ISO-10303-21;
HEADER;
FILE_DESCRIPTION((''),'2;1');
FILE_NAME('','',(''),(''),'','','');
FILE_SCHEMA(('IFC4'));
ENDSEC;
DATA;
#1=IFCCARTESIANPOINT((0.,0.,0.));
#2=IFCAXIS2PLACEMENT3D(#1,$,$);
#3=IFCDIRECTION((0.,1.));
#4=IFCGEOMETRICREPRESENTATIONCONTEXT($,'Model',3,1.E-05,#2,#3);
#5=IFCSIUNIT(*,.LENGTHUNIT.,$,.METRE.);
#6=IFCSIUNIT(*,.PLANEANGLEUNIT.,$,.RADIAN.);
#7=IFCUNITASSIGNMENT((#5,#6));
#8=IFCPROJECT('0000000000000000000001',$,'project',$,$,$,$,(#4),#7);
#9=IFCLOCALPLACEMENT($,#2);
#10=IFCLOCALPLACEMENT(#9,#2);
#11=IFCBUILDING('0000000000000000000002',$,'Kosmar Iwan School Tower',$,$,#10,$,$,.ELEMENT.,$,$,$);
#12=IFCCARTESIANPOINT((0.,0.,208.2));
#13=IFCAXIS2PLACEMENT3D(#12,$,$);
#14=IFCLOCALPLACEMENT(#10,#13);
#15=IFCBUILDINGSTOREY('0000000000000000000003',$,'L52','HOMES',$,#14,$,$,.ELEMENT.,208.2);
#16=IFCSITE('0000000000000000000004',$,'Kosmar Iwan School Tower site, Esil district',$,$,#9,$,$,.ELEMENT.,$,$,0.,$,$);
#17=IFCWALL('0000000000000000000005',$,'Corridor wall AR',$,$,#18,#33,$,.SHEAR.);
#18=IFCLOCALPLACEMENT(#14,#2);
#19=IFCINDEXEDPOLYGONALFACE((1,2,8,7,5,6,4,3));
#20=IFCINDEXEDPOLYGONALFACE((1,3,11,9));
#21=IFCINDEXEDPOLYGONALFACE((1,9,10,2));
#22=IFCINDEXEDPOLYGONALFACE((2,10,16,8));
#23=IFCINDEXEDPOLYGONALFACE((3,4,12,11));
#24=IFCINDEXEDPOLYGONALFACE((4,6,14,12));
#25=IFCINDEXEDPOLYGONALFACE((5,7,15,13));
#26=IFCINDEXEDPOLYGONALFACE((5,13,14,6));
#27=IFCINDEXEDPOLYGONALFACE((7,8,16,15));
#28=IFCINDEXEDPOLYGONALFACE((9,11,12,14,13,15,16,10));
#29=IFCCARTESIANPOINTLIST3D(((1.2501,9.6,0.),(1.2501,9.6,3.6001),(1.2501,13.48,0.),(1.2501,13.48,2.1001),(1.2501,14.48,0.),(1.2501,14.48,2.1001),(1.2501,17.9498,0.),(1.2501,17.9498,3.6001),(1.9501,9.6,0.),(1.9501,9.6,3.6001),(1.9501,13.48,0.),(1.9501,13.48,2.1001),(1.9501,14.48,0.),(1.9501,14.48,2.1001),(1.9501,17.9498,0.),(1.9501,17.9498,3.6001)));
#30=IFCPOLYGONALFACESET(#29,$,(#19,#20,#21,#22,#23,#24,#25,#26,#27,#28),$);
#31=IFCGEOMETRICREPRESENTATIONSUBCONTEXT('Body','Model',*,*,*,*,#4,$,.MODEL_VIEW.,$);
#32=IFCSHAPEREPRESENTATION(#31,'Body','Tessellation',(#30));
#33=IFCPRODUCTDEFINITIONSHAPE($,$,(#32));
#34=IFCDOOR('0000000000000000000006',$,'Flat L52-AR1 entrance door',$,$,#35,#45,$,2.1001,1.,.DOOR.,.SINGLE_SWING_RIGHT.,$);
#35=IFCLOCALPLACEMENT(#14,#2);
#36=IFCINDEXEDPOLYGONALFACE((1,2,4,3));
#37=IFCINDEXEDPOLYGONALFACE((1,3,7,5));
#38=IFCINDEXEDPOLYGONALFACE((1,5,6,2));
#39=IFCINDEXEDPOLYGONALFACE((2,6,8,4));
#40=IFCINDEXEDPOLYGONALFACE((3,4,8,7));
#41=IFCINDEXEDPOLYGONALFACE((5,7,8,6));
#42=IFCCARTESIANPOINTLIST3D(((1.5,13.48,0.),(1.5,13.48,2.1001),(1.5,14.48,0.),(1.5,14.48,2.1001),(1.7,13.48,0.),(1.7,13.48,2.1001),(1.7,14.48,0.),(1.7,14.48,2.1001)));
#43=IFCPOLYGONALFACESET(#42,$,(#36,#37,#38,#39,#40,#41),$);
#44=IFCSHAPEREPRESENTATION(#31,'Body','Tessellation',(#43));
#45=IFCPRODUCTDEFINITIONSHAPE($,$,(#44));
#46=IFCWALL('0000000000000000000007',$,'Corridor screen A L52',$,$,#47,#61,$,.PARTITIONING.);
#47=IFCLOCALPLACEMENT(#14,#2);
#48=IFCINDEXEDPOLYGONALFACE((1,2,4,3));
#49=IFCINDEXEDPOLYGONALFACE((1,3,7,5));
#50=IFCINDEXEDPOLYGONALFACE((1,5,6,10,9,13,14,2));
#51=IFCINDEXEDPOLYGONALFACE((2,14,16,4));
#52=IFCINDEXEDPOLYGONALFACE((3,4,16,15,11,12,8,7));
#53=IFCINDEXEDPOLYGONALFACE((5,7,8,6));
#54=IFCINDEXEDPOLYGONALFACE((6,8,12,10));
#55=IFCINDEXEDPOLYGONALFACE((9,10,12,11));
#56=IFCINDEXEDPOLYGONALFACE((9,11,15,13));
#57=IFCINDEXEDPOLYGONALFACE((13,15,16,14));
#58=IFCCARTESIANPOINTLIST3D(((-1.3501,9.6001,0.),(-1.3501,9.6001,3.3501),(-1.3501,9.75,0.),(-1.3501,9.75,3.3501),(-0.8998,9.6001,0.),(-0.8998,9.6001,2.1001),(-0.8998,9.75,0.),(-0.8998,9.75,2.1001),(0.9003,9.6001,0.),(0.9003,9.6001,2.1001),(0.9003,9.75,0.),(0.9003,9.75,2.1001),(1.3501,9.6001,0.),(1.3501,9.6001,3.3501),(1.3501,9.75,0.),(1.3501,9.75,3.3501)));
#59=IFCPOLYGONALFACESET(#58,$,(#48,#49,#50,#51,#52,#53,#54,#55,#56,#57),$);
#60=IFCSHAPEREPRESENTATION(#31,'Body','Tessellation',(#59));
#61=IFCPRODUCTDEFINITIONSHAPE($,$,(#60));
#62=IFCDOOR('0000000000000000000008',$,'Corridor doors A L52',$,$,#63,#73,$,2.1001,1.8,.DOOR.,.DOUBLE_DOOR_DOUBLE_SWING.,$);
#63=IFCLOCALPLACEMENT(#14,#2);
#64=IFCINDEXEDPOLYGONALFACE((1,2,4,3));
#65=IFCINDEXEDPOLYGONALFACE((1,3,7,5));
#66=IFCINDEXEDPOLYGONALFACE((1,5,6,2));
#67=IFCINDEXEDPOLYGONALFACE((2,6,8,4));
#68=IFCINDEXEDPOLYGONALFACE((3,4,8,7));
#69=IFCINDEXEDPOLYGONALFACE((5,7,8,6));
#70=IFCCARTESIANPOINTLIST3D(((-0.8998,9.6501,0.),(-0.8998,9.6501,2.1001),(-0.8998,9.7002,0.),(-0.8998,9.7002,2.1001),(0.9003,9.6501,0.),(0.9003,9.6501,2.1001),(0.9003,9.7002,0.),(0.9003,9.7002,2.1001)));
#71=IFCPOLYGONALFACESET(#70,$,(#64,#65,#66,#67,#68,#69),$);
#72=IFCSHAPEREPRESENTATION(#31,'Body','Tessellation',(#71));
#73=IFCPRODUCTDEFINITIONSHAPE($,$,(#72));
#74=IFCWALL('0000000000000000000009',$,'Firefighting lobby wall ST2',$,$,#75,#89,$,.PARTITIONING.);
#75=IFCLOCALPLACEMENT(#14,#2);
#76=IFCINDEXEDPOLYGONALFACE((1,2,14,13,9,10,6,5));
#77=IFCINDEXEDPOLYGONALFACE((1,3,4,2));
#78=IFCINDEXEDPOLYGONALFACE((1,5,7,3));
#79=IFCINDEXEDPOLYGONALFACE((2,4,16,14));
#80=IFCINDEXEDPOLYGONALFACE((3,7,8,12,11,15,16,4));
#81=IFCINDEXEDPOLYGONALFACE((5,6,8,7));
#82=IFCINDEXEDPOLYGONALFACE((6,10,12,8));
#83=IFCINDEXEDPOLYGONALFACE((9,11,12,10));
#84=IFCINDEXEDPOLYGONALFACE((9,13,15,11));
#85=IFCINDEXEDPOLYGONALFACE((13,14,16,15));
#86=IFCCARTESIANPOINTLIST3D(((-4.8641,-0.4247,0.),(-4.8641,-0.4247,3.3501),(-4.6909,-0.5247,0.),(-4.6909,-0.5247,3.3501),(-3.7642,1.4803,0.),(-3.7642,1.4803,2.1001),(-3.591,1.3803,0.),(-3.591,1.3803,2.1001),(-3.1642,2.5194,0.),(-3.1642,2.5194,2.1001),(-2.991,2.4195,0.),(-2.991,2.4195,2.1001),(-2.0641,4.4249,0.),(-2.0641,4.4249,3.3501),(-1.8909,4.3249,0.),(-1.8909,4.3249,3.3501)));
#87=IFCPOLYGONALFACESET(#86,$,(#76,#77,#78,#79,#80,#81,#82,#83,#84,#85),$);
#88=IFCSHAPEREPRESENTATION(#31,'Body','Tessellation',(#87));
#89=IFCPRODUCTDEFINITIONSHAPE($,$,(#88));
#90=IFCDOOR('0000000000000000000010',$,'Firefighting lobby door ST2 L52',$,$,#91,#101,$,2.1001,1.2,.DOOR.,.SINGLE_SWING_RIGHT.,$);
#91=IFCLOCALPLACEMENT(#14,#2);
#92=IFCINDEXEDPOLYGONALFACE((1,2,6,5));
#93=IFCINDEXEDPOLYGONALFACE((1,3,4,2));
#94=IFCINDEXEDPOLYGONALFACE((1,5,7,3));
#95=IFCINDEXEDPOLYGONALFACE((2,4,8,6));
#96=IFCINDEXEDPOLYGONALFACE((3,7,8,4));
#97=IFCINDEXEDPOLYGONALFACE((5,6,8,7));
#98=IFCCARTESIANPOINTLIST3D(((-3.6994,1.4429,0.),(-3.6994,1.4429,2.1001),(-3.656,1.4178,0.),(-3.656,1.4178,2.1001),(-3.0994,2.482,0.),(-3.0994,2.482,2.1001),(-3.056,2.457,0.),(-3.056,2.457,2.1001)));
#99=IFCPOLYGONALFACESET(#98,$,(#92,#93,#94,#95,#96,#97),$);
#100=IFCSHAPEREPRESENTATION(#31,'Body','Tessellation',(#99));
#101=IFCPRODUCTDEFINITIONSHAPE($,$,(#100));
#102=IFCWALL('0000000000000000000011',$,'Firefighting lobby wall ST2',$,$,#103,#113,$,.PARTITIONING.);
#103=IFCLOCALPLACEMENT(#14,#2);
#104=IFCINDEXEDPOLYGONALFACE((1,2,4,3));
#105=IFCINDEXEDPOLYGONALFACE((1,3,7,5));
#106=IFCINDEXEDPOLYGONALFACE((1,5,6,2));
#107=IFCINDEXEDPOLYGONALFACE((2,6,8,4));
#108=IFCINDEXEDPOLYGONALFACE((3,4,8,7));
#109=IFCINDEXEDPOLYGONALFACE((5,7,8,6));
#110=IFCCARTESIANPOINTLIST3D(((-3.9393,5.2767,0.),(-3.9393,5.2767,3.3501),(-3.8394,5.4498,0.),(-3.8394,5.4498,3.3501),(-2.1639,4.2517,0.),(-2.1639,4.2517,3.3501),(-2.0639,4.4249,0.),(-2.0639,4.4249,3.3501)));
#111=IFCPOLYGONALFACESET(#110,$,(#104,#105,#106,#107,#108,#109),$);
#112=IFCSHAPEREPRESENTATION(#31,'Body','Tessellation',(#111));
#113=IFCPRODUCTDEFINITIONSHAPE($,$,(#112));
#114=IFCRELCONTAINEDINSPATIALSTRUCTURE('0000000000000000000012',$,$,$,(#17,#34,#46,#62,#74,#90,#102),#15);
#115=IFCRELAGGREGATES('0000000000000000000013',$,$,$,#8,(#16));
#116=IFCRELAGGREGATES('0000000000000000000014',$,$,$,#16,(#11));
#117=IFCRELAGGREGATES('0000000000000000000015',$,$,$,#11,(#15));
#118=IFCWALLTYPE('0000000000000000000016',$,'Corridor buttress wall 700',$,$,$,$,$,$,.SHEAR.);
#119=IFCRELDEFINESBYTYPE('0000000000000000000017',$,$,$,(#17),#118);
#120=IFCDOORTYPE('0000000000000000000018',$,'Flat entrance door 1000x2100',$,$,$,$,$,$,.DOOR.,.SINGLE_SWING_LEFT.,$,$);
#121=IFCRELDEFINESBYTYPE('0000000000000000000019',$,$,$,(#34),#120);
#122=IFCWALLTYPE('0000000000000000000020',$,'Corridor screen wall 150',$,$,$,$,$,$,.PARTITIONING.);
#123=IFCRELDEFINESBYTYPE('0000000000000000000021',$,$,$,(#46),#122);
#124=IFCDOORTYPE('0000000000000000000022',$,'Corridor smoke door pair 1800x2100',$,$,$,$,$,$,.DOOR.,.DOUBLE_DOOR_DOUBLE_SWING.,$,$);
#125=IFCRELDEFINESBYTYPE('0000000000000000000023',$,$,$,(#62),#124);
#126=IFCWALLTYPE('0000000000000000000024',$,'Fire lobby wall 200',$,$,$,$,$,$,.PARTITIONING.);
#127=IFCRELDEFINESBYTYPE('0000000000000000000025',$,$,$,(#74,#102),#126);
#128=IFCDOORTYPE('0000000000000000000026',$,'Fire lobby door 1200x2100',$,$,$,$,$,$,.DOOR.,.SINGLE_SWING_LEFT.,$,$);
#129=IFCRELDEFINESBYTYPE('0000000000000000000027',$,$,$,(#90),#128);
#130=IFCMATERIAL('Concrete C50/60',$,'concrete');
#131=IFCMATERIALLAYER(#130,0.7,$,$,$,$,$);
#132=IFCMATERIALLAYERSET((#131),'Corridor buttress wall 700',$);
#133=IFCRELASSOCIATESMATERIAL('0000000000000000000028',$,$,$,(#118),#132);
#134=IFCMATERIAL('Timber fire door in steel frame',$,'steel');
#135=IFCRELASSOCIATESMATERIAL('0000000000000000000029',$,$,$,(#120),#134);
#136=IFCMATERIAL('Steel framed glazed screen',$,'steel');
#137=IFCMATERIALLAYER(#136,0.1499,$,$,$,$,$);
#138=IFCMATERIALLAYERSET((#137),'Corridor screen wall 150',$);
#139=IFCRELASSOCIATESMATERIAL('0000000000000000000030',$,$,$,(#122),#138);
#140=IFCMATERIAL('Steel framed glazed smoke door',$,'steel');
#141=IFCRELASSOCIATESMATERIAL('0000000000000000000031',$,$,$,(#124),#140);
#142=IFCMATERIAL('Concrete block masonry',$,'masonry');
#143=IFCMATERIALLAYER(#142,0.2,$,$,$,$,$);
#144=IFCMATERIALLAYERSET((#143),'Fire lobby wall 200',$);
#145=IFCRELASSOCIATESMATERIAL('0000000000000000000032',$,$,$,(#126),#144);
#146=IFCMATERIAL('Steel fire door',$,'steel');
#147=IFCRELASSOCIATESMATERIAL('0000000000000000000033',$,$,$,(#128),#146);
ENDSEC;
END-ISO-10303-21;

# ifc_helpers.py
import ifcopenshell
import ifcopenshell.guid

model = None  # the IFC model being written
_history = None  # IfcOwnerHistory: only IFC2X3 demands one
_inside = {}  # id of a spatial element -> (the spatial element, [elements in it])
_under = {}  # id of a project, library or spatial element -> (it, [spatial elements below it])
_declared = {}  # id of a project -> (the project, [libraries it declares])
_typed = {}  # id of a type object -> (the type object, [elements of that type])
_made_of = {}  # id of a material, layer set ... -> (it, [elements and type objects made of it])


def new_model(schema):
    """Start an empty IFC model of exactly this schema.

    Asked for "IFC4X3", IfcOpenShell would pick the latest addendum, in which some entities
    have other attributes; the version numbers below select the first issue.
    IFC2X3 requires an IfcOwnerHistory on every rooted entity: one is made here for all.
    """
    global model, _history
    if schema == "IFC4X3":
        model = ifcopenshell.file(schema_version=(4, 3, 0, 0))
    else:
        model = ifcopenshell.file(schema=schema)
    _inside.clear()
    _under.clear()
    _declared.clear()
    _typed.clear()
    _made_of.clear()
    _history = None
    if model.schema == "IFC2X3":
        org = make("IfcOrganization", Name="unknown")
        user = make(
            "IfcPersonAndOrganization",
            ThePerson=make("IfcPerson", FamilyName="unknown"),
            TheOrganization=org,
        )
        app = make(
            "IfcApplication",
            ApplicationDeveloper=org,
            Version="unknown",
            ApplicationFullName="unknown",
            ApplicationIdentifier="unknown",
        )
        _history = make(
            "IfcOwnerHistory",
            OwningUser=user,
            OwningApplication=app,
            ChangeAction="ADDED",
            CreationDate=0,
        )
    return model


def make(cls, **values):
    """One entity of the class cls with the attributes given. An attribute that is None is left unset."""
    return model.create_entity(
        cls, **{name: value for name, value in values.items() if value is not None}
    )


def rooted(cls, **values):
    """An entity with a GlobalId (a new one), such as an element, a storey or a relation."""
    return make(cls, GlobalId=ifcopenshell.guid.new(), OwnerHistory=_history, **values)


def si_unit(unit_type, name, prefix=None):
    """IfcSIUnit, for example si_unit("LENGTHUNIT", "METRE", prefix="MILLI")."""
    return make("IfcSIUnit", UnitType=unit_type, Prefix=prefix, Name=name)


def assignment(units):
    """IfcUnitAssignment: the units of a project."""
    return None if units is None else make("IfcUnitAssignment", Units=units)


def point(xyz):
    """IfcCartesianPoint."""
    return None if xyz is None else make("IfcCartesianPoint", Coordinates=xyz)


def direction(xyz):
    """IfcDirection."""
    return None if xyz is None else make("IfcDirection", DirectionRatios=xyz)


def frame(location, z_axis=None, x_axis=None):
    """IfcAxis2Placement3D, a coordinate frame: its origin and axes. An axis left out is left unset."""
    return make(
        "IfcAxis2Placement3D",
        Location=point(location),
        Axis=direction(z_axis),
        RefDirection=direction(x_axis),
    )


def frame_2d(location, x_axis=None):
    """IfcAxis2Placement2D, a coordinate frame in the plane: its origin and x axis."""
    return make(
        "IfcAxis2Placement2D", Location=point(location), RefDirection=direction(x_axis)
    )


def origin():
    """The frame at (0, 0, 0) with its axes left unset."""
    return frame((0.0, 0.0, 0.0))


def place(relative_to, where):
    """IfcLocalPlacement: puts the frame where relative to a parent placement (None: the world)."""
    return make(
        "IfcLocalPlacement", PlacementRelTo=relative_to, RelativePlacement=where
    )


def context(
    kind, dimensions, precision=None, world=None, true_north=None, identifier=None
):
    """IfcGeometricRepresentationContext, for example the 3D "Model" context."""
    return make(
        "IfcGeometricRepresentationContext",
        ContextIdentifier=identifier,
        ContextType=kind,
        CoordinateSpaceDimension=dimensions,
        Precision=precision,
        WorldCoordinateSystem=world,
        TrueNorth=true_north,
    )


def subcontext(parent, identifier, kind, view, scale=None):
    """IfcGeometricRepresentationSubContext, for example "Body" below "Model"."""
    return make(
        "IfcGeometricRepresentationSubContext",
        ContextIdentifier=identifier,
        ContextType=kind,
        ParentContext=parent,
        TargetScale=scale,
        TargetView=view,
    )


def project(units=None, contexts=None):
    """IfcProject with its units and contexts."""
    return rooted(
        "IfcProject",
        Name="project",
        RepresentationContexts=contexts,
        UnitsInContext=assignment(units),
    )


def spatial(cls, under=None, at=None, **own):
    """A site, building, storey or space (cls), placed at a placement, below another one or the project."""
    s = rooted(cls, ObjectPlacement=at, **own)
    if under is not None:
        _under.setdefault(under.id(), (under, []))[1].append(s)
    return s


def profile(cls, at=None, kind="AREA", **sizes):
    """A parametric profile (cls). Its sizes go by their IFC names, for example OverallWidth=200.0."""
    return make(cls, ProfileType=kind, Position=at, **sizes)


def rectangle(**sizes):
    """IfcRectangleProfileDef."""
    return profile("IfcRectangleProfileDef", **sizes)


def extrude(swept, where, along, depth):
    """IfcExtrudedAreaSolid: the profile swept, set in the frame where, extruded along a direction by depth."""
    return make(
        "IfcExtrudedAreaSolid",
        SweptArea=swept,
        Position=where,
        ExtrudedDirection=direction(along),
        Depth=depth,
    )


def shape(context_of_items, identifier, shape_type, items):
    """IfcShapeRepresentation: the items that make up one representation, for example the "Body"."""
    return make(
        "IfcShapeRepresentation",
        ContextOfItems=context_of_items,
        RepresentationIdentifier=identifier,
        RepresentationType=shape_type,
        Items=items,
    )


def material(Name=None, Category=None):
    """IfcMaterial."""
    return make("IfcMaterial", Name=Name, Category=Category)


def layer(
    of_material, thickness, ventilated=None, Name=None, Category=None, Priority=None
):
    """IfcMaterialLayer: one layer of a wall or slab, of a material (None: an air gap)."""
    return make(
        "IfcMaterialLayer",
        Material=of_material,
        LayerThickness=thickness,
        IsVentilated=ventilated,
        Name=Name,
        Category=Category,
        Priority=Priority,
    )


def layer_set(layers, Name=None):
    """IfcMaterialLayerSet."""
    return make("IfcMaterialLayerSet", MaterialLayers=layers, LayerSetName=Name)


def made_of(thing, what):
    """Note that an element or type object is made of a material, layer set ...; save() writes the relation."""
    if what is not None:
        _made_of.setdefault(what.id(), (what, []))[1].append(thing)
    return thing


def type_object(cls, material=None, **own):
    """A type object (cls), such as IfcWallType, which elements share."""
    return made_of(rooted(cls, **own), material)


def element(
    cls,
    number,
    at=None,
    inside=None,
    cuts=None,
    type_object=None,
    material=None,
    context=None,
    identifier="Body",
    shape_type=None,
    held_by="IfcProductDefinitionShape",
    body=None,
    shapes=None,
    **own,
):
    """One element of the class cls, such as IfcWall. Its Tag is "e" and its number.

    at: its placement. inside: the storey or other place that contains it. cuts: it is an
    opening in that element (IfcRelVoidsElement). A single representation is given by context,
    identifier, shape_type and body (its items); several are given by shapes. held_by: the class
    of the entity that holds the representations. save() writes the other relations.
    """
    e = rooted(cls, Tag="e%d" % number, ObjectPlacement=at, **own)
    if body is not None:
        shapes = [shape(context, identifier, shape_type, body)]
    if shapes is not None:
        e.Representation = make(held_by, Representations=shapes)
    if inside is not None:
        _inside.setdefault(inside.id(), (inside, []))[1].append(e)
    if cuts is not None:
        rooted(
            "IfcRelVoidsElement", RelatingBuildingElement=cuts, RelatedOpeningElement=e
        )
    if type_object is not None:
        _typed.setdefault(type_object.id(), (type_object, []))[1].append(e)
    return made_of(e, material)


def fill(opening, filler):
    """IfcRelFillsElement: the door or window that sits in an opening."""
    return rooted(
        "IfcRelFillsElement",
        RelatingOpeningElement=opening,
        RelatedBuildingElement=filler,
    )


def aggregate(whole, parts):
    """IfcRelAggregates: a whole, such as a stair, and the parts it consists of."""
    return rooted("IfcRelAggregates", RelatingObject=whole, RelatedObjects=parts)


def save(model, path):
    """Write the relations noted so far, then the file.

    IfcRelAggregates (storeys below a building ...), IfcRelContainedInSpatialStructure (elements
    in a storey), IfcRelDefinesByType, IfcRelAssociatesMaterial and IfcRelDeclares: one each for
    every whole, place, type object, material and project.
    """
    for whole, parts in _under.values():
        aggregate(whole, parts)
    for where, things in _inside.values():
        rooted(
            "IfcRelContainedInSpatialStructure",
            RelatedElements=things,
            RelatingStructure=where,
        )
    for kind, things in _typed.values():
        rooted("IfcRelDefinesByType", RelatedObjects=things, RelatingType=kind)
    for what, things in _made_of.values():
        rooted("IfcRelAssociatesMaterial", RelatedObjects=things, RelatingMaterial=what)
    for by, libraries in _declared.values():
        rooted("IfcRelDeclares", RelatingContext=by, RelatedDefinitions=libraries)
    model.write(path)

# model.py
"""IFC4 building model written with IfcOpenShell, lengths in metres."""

from ifc_helpers import new_model, si_unit, direction, frame, frame_2d, origin, place, context, subcontext, project, spatial, rectangle, extrude, material, layer, layer_set, type_object, element, fill, save


model = new_model("IFC4")

# Units and contexts
model_context = context("Model", 3, precision=1e-05, world=origin(), true_north=direction((0.0, 1.0)))
body_context = subcontext(model_context, "Body", "Model", "MODEL_VIEW")
ifc_project = project(units=[si_unit("LENGTHUNIT", "METRE"), si_unit("PLANEANGLEUNIT", "RADIAN")], contexts=[model_context])

# Site, building, storey
site_placement = place(None, origin())
site = spatial("IfcSite", under=ifc_project, at=site_placement, Name="Kosmar Iwan School Tower site, Esil district", CompositionType="ELEMENT", RefElevation=0.0)
building_placement = place(site_placement, origin())
building = spatial("IfcBuilding", under=site, at=building_placement, Name="Kosmar Iwan School Tower", CompositionType="ELEMENT")
storey_placement = place(building_placement, frame((0.0, 0.0, 208.2)))
storey = spatial("IfcBuildingStorey", under=building, at=storey_placement, Name="L52", Description="HOMES", CompositionType="ELEMENT", Elevation=208.2)

# Walls, openings, doors
ifc_material_1 = material(Name="Concrete C50/60", Category="concrete")
ifc_layer_1 = layer(ifc_material_1, 0.7)
ifc_layer_set_1 = layer_set([ifc_layer_1], Name="Corridor buttress wall 700")
wall_type_1 = type_object("IfcWallType", Name="Corridor buttress wall 700", PredefinedType="SHEAR", material=ifc_layer_set_1)
ifc_material_2 = material(Name="Timber fire door in steel frame", Category="steel")
door_type_1 = type_object("IfcDoorType", Name="Flat entrance door 1000x2100", OperationType="SINGLE_SWING_LEFT", PredefinedType="DOOR", material=ifc_material_2)
wall_1_placement = place(storey_placement, frame((1.6001, 9.6001, 0.0), z_axis=(0.0, 0.0, 1.0), x_axis=(0.0, 1.0, 0.0)))
wall_1 = element("IfcWall", 1, at=wall_1_placement, inside=storey, type_object=wall_type_1, Name="Corridor wall AR", PredefinedType="SHEAR", context=body_context, shape_type="SweptSolid", body=[
    extrude(rectangle(XDim=8.3499, YDim=0.7, at=frame_2d((4.1748, 0.0))), origin(), (0.0, 0.0, 1.0), 3.6001),
])
opening_1_placement = place(wall_1_placement, frame((3.8799, 0.0, 0.0)))
opening_1 = element("IfcOpeningElement", 2, at=opening_1_placement, cuts=wall_1, PredefinedType="OPENING", context=body_context, shape_type="SweptSolid", body=[
    extrude(rectangle(XDim=1.0, YDim=2.1001, at=frame_2d((0.5, 1.05))), frame((0.0, 0.3621, 0.0), z_axis=(0.0, -1.0, 0.0), x_axis=(1.0, 0.0, 0.0)), (0.0, 0.0, 1.0), 0.7239),
])
door_1_placement = place(opening_1_placement, origin())
door_1 = element("IfcDoor", 3, at=door_1_placement, inside=storey, type_object=door_type_1, Name="Flat L52-AR1 entrance door", OperationType="SINGLE_SWING_RIGHT", OverallHeight=2.1001, OverallWidth=1.0, PredefinedType="DOOR", context=body_context, shape_type="SweptSolid", body=[
    extrude(rectangle(XDim=1.0, YDim=2.1001, at=frame_2d((0.5, 1.05))), frame((0.0, 0.1001, 0.0), z_axis=(0.0, -1.0, 0.0), x_axis=(1.0, 0.0, 0.0)), (0.0, 0.0, 1.0), 0.2),
])
fill(opening_1, door_1)
ifc_material_3 = material(Name="Steel framed glazed screen", Category="steel")
ifc_layer_2 = layer(ifc_material_3, 0.1499)
ifc_layer_set_2 = layer_set([ifc_layer_2], Name="Corridor screen wall 150")
wall_type_2 = type_object("IfcWallType", Name="Corridor screen wall 150", PredefinedType="PARTITIONING", material=ifc_layer_set_2)
wall_2_placement = place(storey_placement, frame((1.3501, 9.675, 0.0), z_axis=(0.0, 0.0, 1.0), x_axis=(-1.0, 0.0, 0.0)))
wall_2 = element("IfcWall", 4, at=wall_2_placement, inside=storey, type_object=wall_type_2, Name="Corridor screen A L52", PredefinedType="PARTITIONING", context=body_context, shape_type="SweptSolid", body=[
    extrude(rectangle(XDim=2.7002, YDim=0.1499, at=frame_2d((1.3501, 0.0))), origin(), (0.0, 0.0, 1.0), 3.3501),
])
opening_2_placement = place(wall_2_placement, frame((0.45, 0.0, 0.0)))
opening_2 = element("IfcOpeningElement", 5, at=opening_2_placement, cuts=wall_2, PredefinedType="OPENING", context=body_context, shape_type="SweptSolid", body=[
    extrude(rectangle(XDim=1.8, YDim=2.1001, at=frame_2d((0.8999, 1.05))), frame((0.0, 0.0869, 0.0), z_axis=(0.0, -1.0, 0.0), x_axis=(1.0, 0.0, 0.0)), (0.0, 0.0, 1.0), 0.1738),
])
ifc_material_4 = material(Name="Steel framed glazed smoke door", Category="steel")
door_type_2 = type_object("IfcDoorType", Name="Corridor smoke door pair 1800x2100", OperationType="DOUBLE_DOOR_DOUBLE_SWING", PredefinedType="DOOR", material=ifc_material_4)
door_2_placement = place(opening_2_placement, origin())
door_2 = element("IfcDoor", 6, at=door_2_placement, inside=storey, type_object=door_type_2, Name="Corridor doors A L52", OperationType="DOUBLE_DOOR_DOUBLE_SWING", OverallHeight=2.1001, OverallWidth=1.8, PredefinedType="DOOR", context=body_context, shape_type="SweptSolid", body=[
    extrude(rectangle(XDim=1.8, YDim=2.1001, at=frame_2d((0.8999, 1.05))), frame((0.0, 0.0249, 0.0), z_axis=(0.0, -1.0, 0.0), x_axis=(1.0, 0.0, 0.0)), (0.0, 0.0, 1.0), 0.05),
])
fill(opening_2, door_2)
ifc_material_5 = material(Name="Concrete block masonry", Category="masonry")
ifc_layer_3 = layer(ifc_material_5, 0.2)
ifc_layer_set_3 = layer_set([ifc_layer_3], Name="Fire lobby wall 200")
wall_type_3 = type_object("IfcWallType", Name="Fire lobby wall 200", PredefinedType="PARTITIONING", material=ifc_layer_set_3)
wall_3_placement = place(storey_placement, frame((-1.9775, 4.3748, 0.0), z_axis=(0.0, 0.0, 1.0), x_axis=(-0.500017, -0.866016, 0.0)))
wall_3 = element("IfcWall", 7, at=wall_3_placement, inside=storey, type_object=wall_type_3, Name="Firefighting lobby wall ST2", PredefinedType="PARTITIONING", context=body_context, shape_type="SweptSolid", body=[
    extrude(rectangle(XDim=5.5999, YDim=0.2, at=frame_2d((2.7998, 0.0))), origin(), (0.0, 0.0, 1.0), 3.3501),
])
opening_3_placement = place(wall_3_placement, frame((2.2, 0.0, 0.0)))
opening_3 = element("IfcOpeningElement", 8, at=opening_3_placement, cuts=wall_3, PredefinedType="OPENING", context=body_context, shape_type="SweptSolid", body=[
    extrude(rectangle(XDim=1.2, YDim=2.1001, at=frame_2d((0.6001, 1.05))), frame((0.0, 0.1121, 0.0), z_axis=(0.0, -1.0, 0.0), x_axis=(1.0, 0.0, 0.0)), (0.0, 0.0, 1.0), 0.2239),
])
ifc_material_6 = material(Name="Steel fire door", Category="steel")
door_type_3 = type_object("IfcDoorType", Name="Fire lobby door 1200x2100", OperationType="SINGLE_SWING_LEFT", PredefinedType="DOOR", material=ifc_material_6)
door_3_placement = place(opening_3_placement, origin())
door_3 = element("IfcDoor", 9, at=door_3_placement, inside=storey, type_object=door_type_3, Name="Firefighting lobby door ST2 L52", OperationType="SINGLE_SWING_RIGHT", OverallHeight=2.1001, OverallWidth=1.2, PredefinedType="DOOR", context=body_context, shape_type="SweptSolid", body=[
    extrude(rectangle(XDim=1.2, YDim=2.1001, at=frame_2d((0.6001, 1.05))), frame((0.0, 0.0249, 0.0), z_axis=(0.0, -1.0, 0.0), x_axis=(1.0, 0.0, 0.0)), (0.0, 0.0, 1.0), 0.05),
])
fill(opening_3, door_3)

# Wall
wall_4_placement = place(storey_placement, frame((-2.114, 4.3384, 0.0), z_axis=(0.0, 0.0, 1.0), x_axis=(-0.866051, 0.499956, 0.0)))
element("IfcWall", 10, at=wall_4_placement, inside=storey, type_object=wall_type_3, Name="Firefighting lobby wall ST2", PredefinedType="PARTITIONING", context=body_context, shape_type="SweptSolid", body=[
    extrude(rectangle(XDim=2.05, YDim=0.2, at=frame_2d((1.0249, 0.0))), origin(), (0.0, 0.0, 1.0), 3.3501),
])

save(model, "model.ifc")
